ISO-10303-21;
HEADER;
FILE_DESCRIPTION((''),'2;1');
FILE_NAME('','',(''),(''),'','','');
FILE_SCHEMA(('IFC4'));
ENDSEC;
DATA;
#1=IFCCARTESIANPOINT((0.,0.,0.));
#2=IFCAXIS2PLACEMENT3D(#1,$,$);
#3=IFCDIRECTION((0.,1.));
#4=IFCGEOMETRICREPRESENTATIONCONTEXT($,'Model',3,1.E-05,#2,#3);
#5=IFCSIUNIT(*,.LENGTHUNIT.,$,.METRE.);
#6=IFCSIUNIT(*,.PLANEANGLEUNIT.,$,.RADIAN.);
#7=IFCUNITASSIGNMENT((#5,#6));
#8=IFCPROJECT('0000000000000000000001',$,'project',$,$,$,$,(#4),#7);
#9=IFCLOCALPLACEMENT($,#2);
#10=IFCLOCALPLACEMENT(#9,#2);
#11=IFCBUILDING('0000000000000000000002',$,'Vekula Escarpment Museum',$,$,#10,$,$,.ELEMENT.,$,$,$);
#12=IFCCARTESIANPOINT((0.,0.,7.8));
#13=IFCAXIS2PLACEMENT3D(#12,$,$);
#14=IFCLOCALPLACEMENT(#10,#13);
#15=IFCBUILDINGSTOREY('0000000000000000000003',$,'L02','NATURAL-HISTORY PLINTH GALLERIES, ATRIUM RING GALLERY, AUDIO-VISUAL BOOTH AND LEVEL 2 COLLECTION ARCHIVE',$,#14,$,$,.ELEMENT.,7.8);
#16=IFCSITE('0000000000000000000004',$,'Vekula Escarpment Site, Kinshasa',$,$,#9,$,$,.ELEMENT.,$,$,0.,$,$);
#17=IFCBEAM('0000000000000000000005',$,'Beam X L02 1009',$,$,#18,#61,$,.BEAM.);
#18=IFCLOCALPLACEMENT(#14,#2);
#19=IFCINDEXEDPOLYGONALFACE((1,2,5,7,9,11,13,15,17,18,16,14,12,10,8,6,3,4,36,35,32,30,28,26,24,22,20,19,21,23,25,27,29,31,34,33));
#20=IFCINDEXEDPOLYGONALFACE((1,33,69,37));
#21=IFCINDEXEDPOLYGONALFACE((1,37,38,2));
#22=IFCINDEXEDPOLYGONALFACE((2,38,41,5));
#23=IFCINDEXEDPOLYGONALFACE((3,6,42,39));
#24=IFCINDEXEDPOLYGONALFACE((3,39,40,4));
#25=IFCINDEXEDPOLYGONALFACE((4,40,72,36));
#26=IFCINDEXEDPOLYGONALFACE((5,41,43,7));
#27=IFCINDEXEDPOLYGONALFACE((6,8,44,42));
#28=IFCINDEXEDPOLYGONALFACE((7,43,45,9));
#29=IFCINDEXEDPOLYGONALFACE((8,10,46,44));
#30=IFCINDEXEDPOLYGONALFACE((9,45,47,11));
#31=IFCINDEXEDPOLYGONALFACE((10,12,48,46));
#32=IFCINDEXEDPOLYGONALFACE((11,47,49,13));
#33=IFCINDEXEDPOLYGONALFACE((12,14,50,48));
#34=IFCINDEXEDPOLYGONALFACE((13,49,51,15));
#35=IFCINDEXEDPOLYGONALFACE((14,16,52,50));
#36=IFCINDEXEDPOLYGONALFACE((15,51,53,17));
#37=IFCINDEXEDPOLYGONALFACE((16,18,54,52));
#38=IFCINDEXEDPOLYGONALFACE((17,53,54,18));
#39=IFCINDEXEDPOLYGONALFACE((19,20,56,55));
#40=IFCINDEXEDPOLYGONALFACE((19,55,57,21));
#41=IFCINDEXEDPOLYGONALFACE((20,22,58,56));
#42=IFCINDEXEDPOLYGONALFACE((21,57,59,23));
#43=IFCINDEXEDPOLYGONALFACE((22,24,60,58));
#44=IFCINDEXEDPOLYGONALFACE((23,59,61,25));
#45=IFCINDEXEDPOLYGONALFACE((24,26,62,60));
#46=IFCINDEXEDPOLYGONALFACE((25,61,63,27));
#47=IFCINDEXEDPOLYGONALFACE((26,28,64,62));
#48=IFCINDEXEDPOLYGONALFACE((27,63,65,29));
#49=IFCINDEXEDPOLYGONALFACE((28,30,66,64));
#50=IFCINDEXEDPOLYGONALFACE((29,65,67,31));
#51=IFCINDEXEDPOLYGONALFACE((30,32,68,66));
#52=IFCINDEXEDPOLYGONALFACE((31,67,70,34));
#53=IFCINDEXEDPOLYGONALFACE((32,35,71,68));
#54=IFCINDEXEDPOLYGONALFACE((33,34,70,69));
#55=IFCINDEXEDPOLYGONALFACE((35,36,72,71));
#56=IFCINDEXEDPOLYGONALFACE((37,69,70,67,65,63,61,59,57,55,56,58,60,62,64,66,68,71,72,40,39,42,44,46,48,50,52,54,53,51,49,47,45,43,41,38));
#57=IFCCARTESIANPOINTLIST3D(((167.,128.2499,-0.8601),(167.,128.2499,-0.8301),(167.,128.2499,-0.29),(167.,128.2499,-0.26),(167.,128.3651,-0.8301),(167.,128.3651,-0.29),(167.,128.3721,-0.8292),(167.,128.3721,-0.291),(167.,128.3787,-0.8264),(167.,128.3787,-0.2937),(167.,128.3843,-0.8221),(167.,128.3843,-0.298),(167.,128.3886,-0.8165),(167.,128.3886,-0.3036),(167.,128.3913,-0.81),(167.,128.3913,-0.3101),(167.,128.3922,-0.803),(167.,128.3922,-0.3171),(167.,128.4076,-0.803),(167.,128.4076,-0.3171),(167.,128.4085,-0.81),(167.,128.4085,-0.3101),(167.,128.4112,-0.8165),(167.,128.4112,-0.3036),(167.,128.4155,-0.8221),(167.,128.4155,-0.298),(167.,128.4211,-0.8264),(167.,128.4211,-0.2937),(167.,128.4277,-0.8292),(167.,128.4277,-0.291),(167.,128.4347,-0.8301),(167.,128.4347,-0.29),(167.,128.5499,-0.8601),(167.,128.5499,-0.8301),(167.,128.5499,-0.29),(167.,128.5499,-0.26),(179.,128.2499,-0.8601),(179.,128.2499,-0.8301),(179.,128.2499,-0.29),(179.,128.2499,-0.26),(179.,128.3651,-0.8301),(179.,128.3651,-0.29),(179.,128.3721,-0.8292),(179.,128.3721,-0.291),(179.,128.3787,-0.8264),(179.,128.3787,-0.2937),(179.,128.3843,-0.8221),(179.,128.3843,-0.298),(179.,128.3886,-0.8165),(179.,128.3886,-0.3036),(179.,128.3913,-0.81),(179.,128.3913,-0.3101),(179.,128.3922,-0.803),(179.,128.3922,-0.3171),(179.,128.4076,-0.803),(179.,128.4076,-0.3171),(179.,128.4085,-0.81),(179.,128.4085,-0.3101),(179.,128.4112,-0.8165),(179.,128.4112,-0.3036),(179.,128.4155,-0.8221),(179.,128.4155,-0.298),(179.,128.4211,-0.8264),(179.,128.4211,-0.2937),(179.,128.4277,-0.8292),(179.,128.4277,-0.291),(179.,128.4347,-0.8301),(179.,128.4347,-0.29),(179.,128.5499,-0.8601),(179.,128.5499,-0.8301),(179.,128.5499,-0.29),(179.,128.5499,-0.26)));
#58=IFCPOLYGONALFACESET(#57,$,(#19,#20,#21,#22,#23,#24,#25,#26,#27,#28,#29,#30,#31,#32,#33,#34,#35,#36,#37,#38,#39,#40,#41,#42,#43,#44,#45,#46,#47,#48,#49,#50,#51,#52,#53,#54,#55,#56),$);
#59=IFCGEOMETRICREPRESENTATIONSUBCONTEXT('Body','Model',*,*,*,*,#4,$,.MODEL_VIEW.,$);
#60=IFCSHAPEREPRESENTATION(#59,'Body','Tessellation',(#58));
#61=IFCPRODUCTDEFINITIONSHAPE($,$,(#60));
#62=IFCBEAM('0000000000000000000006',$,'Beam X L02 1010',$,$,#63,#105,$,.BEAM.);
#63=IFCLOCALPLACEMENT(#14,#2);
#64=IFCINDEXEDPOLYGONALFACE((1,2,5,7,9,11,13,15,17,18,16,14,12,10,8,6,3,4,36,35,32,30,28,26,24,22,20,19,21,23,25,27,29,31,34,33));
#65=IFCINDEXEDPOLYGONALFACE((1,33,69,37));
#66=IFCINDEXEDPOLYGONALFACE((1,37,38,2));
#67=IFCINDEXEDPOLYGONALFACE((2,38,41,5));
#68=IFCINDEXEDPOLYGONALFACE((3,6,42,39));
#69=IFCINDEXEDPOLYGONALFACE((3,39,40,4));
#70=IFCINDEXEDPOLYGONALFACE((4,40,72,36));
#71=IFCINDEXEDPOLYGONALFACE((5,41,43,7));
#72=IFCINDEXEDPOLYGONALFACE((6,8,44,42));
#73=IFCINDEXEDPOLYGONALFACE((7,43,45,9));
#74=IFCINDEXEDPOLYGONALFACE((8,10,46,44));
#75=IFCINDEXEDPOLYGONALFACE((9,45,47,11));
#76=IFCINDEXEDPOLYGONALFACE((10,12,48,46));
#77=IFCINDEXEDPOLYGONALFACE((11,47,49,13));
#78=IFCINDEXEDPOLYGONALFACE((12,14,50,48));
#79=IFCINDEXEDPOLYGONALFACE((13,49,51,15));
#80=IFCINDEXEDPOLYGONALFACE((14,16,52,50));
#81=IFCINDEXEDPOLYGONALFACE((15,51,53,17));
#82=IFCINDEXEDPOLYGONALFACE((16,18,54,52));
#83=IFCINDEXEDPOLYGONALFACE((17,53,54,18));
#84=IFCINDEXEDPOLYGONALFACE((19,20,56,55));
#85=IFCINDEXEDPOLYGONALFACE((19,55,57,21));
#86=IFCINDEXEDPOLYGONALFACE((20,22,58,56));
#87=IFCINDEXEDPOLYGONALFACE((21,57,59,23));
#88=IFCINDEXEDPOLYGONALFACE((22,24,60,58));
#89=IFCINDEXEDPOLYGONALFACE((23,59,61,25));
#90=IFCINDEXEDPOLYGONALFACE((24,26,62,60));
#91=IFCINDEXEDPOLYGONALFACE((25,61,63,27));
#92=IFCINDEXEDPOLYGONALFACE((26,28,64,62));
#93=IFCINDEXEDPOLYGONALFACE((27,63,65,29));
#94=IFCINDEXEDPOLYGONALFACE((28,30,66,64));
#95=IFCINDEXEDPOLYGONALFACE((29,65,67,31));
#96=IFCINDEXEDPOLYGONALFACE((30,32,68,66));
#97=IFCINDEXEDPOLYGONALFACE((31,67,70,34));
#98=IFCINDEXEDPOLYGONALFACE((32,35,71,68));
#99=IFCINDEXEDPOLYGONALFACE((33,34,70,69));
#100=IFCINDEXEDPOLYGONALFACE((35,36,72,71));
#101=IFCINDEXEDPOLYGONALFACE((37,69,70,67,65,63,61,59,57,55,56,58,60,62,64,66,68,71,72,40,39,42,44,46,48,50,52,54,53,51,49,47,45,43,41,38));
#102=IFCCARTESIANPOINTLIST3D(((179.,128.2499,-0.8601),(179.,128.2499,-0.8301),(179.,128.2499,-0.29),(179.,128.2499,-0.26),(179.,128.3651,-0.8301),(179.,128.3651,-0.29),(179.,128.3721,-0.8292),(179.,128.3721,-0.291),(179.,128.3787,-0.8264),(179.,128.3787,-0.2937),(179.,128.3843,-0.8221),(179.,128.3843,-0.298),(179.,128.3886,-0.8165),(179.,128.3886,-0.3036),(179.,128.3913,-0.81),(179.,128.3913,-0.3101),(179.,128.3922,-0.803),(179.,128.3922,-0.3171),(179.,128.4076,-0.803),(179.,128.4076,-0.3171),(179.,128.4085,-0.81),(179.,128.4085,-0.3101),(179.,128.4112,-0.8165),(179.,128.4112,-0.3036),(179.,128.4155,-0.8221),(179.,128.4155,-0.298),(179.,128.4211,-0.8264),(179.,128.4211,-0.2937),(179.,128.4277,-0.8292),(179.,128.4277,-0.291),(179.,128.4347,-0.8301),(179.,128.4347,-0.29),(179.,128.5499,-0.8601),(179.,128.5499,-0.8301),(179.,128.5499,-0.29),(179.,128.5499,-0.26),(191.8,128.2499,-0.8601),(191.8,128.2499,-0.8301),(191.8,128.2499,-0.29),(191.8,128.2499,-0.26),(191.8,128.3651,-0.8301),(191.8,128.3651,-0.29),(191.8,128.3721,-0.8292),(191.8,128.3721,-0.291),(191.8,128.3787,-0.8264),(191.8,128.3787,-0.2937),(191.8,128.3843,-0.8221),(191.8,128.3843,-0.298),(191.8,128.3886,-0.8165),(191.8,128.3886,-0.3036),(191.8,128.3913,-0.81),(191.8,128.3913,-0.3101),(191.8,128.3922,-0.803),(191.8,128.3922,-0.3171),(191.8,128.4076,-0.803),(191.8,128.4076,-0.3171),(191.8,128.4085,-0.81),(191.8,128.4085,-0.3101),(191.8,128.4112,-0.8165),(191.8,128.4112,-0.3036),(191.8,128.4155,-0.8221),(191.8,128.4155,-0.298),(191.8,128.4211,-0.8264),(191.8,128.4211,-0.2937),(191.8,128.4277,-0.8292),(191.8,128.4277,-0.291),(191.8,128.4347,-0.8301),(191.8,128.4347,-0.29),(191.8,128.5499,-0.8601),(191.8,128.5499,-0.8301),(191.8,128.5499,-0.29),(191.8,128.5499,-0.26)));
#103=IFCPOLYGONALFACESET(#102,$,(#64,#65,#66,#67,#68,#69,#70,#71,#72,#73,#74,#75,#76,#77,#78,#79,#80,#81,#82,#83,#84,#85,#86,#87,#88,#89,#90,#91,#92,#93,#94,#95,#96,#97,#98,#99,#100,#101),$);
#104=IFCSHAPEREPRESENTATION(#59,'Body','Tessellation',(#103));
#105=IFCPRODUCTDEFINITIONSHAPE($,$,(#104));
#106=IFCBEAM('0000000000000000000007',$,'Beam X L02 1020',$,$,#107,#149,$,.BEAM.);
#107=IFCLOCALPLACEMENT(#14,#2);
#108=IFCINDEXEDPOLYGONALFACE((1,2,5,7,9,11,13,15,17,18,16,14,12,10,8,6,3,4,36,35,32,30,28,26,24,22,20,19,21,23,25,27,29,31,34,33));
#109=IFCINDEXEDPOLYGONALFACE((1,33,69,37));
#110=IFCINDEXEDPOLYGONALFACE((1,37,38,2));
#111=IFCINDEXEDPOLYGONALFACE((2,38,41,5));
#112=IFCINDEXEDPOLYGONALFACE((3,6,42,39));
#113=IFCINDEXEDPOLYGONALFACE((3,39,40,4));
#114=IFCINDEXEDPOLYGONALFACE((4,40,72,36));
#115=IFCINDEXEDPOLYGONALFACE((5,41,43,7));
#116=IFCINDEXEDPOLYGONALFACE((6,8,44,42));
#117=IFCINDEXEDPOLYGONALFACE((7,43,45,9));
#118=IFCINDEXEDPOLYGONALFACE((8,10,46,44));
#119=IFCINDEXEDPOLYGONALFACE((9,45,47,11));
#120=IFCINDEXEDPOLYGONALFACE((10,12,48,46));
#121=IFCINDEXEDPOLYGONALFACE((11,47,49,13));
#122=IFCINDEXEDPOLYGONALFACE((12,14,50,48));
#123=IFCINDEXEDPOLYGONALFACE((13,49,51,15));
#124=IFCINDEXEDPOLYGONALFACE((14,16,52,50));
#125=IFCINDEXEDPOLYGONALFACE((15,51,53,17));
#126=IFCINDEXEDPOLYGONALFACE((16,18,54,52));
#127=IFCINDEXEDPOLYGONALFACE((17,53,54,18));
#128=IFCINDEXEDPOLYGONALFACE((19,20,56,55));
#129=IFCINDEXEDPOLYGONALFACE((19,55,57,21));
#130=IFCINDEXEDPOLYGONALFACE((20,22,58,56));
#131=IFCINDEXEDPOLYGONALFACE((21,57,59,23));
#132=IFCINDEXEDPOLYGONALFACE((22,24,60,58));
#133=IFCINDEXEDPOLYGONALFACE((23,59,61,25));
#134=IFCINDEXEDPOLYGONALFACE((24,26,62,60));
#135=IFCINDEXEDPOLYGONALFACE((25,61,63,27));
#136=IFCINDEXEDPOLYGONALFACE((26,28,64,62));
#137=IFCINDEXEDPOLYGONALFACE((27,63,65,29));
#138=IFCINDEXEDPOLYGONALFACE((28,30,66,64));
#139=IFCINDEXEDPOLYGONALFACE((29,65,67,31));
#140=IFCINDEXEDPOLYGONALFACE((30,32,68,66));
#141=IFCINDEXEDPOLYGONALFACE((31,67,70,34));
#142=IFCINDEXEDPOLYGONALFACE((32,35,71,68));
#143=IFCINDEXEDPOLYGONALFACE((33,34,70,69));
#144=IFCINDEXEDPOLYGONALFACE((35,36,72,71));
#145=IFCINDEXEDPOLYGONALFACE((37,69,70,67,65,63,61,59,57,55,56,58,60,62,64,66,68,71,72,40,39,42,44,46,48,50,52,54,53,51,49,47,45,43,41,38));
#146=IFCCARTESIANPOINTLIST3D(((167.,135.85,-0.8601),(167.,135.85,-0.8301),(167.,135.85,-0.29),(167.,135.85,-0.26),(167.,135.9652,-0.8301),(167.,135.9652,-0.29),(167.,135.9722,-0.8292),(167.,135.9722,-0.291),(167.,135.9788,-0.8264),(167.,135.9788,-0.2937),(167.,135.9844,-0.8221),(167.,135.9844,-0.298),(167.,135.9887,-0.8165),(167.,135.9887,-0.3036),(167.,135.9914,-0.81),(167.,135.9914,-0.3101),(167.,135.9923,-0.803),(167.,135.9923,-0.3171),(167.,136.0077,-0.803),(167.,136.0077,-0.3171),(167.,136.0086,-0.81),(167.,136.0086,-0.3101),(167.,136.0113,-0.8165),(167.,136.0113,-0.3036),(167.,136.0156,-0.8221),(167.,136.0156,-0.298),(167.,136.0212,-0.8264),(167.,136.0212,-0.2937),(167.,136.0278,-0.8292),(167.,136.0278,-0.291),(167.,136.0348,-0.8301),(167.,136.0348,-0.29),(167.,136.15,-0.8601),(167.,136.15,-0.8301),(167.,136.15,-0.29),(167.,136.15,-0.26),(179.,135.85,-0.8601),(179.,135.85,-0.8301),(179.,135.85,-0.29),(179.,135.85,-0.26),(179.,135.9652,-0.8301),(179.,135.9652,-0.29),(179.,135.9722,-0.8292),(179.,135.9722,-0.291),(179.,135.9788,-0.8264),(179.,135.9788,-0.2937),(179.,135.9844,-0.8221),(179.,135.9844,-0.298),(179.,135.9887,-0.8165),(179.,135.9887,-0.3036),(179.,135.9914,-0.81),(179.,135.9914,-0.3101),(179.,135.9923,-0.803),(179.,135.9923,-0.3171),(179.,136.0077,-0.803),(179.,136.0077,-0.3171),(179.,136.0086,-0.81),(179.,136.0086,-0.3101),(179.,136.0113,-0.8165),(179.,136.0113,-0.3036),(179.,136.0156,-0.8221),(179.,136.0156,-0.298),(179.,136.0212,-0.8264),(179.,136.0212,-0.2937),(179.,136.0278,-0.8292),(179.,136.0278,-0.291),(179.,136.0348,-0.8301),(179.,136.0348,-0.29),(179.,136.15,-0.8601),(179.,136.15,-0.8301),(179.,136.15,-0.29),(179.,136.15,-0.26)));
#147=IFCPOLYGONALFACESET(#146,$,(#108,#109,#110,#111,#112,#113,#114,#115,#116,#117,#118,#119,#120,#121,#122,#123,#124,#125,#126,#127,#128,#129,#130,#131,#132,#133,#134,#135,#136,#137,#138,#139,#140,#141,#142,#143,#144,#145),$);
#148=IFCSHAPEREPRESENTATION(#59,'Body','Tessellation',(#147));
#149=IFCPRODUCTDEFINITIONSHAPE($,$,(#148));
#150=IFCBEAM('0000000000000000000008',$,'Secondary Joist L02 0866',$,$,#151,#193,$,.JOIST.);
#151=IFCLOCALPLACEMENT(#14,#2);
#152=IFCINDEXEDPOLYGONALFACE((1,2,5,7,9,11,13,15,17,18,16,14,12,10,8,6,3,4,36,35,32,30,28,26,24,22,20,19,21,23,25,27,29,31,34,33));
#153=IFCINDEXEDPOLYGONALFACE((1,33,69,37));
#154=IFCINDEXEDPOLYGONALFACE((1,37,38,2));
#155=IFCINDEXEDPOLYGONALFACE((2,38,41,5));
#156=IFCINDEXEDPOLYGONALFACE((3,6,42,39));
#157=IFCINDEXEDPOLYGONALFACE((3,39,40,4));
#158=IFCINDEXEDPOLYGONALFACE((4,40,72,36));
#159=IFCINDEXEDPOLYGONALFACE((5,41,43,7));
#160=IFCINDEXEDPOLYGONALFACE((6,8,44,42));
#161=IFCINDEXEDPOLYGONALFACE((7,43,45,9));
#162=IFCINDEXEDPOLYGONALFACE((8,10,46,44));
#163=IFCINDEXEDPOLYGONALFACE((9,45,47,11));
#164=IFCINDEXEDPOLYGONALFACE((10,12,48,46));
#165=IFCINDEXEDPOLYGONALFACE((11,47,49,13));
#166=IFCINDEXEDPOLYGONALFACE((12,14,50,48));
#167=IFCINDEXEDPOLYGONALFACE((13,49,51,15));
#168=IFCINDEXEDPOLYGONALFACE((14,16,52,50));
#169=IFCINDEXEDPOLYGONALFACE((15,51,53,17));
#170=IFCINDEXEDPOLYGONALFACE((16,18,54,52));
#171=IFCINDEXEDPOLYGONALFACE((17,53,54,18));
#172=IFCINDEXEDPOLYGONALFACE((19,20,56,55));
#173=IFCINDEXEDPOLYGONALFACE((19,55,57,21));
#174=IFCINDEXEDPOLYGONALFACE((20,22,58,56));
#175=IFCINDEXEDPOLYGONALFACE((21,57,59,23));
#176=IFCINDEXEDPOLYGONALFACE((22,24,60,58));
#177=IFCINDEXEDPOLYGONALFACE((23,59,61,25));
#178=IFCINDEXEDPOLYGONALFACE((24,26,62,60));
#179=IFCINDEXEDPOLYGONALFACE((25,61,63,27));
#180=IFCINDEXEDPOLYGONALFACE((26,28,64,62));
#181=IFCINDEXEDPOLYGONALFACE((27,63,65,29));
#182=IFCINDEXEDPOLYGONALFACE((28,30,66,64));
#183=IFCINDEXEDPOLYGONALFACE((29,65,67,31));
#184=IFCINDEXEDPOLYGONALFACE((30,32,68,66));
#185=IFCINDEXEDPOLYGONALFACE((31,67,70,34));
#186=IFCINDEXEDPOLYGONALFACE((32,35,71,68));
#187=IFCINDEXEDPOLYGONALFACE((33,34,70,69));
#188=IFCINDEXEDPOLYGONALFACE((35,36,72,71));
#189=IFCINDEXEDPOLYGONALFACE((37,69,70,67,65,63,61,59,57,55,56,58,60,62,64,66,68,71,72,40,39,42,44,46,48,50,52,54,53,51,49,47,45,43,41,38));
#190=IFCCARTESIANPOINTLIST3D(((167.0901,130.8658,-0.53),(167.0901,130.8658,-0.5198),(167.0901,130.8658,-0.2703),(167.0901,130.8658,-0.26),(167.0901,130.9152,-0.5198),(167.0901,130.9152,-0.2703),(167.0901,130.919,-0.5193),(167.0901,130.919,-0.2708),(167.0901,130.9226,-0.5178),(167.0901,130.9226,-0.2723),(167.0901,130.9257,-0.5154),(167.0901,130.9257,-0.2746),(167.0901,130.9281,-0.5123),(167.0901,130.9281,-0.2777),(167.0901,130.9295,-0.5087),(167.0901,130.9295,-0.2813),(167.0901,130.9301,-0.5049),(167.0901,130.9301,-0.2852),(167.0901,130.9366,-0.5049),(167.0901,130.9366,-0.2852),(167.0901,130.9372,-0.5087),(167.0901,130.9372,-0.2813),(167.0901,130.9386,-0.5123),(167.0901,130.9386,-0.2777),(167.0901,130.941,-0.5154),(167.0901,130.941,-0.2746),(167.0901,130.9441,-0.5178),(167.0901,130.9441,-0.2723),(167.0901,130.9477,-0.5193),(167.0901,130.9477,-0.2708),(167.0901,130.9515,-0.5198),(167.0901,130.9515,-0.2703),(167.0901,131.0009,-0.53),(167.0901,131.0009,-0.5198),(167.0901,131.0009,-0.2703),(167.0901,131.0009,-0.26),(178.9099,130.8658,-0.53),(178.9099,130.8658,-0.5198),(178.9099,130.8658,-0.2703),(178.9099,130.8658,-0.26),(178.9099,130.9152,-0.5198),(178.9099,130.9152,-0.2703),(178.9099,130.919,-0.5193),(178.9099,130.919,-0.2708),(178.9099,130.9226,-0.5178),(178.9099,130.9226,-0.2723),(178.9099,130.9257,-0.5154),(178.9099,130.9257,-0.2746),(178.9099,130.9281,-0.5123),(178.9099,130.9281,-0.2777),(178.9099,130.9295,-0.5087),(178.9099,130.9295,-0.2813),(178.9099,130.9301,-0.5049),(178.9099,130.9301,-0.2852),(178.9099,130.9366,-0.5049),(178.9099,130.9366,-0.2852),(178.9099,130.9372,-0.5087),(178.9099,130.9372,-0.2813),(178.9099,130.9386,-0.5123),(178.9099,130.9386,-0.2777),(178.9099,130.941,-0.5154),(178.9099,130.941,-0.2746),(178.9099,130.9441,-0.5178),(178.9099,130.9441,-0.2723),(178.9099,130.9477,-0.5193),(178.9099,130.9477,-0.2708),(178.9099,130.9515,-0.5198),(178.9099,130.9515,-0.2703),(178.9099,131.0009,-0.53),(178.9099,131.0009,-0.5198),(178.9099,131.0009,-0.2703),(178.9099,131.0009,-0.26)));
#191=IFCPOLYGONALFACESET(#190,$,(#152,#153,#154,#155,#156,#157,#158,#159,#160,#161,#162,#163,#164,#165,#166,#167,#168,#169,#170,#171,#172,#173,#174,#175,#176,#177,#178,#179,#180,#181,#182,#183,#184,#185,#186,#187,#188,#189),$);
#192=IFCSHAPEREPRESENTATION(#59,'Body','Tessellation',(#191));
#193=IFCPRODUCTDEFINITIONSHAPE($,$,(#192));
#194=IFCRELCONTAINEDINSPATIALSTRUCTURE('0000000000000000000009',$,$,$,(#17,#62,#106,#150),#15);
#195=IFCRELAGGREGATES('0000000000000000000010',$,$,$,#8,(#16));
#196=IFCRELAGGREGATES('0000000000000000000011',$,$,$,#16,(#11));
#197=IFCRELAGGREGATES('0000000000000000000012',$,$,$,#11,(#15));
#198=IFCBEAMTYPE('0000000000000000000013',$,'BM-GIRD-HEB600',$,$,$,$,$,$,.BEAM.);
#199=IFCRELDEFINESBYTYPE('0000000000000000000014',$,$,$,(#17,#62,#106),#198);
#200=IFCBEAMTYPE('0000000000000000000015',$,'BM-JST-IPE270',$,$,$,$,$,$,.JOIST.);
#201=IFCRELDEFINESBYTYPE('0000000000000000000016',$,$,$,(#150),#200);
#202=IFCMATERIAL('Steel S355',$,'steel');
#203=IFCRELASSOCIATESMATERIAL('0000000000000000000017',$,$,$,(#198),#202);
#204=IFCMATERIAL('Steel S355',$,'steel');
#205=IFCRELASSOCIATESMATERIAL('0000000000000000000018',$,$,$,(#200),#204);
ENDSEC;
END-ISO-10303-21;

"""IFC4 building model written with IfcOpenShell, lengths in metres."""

from ifc_helpers import new_model, si_unit, direction, frame, origin, origin_2d, place, context, subcontext, project, spatial, i_section, extrude, material, material_profile, profile_set, type_object, element, save


model = new_model("IFC4")

# Units and contexts
model_context = context("Model", 3, precision=1e-05, world=origin(), true_north=direction((0.0, 1.0)))
body_context = subcontext(model_context, "Body", "Model", "MODEL_VIEW")
ifc_project = project(units=[si_unit("LENGTHUNIT", "METRE"), si_unit("PLANEANGLEUNIT", "RADIAN")], contexts=[model_context])

# Site, building, storey
site_placement = place(None, origin())
site = spatial("IfcSite", under=ifc_project, at=site_placement, Name="Vekula Escarpment Site, Kinshasa", CompositionType="ELEMENT", RefElevation=0.0)
building_placement = place(site_placement, origin())
building = spatial("IfcBuilding", under=site, at=building_placement, Name="Vekula Escarpment Museum", CompositionType="ELEMENT")
storey_placement = place(building_placement, frame((0.0, 0.0, 7.8)))
storey = spatial("IfcBuildingStorey", under=building, at=storey_placement, Name="L02", Description="NATURAL-HISTORY PLINTH GALLERIES, ATRIUM RING GALLERY, AUDIO-VISUAL BOOTH AND LEVEL 2 COLLECTION ARCHIVE", CompositionType="ELEMENT", Elevation=7.8)

# Beams
ifc_material_1 = material(Name="Steel S355", Category="steel")
ifc_material_profile_1 = material_profile(ifc_material_1, i_section(OverallWidth=0.3, OverallDepth=0.6001, WebThickness=0.0154, FlangeThickness=0.03, FilletRadius=0.0271, at=origin_2d()), Name="HEB 600")
ifc_profile_set_1 = profile_set([ifc_material_profile_1], Name="Steel S355")
beam_type_1 = type_object("IfcBeamType", Name="BM-GIRD-HEB600", PredefinedType="BEAM", material=ifc_profile_set_1)
beam_1_placement = place(storey_placement, frame((167.0, 128.3999, -0.5601), z_axis=(1.0, 0.0, 0.0), x_axis=(0.0, 1.0, 0.0)))
element("IfcBeam", 1, at=beam_1_placement, inside=storey, type_object=beam_type_1, Name="Beam X L02 1009", PredefinedType="BEAM", context=body_context, shape_type="SweptSolid", body=[
    extrude(i_section(OverallWidth=0.3, OverallDepth=0.6001, WebThickness=0.0154, FlangeThickness=0.03, FilletRadius=0.0271, at=origin_2d()), origin(), (0.0, 0.0, 1.0), 12.0),
])
beam_2_placement = place(storey_placement, frame((179.0, 128.3999, -0.5601), z_axis=(1.0, 0.0, 0.0), x_axis=(0.0, 1.0, 0.0)))
element("IfcBeam", 2, at=beam_2_placement, inside=storey, type_object=beam_type_1, Name="Beam X L02 1010", PredefinedType="BEAM", context=body_context, shape_type="SweptSolid", body=[
    extrude(i_section(OverallWidth=0.3, OverallDepth=0.6001, WebThickness=0.0154, FlangeThickness=0.03, FilletRadius=0.0271, at=origin_2d()), origin(), (0.0, 0.0, 1.0), 12.8),
])
beam_3_placement = place(storey_placement, frame((167.0, 136.0, -0.5601), z_axis=(1.0, 0.0, 0.0), x_axis=(0.0, 1.0, 0.0)))
element("IfcBeam", 3, at=beam_3_placement, inside=storey, type_object=beam_type_1, Name="Beam X L02 1020", PredefinedType="BEAM", context=body_context, shape_type="SweptSolid", body=[
    extrude(i_section(OverallWidth=0.3, OverallDepth=0.6001, WebThickness=0.0154, FlangeThickness=0.03, FilletRadius=0.0271, at=origin_2d()), origin(), (0.0, 0.0, 1.0), 12.0),
])
ifc_material_2 = material(Name="Steel S355", Category="steel")
ifc_material_profile_2 = material_profile(ifc_material_2, i_section(OverallWidth=0.135, OverallDepth=0.27, WebThickness=0.0066, FlangeThickness=0.0103, FilletRadius=0.0149, at=origin_2d()), Name="IPE 270")
ifc_profile_set_2 = profile_set([ifc_material_profile_2], Name="Steel S355")
beam_type_2 = type_object("IfcBeamType", Name="BM-JST-IPE270", PredefinedType="JOIST", material=ifc_profile_set_2)
for number, where, z_axis, x_axis, name in (
    (4, (167.0901, 130.9333, -0.395), (1.0, 0.0, 0.0), (0.0, 1.0, 0.0), "Secondary Joist L02 0866"),
):
    element("IfcBeam", number, at=place(storey_placement, frame(where, z_axis=z_axis, x_axis=x_axis)), inside=storey, type_object=beam_type_2, Name=name, PredefinedType="JOIST", context=body_context, shape_type="SweptSolid", body=[
        extrude(i_section(OverallWidth=0.135, OverallDepth=0.27, WebThickness=0.0066, FlangeThickness=0.0103, FilletRadius=0.0149, at=origin_2d()), origin(), (0.0, 0.0, 1.0), 11.8198),
    ])

save(model, "model.ifc")
